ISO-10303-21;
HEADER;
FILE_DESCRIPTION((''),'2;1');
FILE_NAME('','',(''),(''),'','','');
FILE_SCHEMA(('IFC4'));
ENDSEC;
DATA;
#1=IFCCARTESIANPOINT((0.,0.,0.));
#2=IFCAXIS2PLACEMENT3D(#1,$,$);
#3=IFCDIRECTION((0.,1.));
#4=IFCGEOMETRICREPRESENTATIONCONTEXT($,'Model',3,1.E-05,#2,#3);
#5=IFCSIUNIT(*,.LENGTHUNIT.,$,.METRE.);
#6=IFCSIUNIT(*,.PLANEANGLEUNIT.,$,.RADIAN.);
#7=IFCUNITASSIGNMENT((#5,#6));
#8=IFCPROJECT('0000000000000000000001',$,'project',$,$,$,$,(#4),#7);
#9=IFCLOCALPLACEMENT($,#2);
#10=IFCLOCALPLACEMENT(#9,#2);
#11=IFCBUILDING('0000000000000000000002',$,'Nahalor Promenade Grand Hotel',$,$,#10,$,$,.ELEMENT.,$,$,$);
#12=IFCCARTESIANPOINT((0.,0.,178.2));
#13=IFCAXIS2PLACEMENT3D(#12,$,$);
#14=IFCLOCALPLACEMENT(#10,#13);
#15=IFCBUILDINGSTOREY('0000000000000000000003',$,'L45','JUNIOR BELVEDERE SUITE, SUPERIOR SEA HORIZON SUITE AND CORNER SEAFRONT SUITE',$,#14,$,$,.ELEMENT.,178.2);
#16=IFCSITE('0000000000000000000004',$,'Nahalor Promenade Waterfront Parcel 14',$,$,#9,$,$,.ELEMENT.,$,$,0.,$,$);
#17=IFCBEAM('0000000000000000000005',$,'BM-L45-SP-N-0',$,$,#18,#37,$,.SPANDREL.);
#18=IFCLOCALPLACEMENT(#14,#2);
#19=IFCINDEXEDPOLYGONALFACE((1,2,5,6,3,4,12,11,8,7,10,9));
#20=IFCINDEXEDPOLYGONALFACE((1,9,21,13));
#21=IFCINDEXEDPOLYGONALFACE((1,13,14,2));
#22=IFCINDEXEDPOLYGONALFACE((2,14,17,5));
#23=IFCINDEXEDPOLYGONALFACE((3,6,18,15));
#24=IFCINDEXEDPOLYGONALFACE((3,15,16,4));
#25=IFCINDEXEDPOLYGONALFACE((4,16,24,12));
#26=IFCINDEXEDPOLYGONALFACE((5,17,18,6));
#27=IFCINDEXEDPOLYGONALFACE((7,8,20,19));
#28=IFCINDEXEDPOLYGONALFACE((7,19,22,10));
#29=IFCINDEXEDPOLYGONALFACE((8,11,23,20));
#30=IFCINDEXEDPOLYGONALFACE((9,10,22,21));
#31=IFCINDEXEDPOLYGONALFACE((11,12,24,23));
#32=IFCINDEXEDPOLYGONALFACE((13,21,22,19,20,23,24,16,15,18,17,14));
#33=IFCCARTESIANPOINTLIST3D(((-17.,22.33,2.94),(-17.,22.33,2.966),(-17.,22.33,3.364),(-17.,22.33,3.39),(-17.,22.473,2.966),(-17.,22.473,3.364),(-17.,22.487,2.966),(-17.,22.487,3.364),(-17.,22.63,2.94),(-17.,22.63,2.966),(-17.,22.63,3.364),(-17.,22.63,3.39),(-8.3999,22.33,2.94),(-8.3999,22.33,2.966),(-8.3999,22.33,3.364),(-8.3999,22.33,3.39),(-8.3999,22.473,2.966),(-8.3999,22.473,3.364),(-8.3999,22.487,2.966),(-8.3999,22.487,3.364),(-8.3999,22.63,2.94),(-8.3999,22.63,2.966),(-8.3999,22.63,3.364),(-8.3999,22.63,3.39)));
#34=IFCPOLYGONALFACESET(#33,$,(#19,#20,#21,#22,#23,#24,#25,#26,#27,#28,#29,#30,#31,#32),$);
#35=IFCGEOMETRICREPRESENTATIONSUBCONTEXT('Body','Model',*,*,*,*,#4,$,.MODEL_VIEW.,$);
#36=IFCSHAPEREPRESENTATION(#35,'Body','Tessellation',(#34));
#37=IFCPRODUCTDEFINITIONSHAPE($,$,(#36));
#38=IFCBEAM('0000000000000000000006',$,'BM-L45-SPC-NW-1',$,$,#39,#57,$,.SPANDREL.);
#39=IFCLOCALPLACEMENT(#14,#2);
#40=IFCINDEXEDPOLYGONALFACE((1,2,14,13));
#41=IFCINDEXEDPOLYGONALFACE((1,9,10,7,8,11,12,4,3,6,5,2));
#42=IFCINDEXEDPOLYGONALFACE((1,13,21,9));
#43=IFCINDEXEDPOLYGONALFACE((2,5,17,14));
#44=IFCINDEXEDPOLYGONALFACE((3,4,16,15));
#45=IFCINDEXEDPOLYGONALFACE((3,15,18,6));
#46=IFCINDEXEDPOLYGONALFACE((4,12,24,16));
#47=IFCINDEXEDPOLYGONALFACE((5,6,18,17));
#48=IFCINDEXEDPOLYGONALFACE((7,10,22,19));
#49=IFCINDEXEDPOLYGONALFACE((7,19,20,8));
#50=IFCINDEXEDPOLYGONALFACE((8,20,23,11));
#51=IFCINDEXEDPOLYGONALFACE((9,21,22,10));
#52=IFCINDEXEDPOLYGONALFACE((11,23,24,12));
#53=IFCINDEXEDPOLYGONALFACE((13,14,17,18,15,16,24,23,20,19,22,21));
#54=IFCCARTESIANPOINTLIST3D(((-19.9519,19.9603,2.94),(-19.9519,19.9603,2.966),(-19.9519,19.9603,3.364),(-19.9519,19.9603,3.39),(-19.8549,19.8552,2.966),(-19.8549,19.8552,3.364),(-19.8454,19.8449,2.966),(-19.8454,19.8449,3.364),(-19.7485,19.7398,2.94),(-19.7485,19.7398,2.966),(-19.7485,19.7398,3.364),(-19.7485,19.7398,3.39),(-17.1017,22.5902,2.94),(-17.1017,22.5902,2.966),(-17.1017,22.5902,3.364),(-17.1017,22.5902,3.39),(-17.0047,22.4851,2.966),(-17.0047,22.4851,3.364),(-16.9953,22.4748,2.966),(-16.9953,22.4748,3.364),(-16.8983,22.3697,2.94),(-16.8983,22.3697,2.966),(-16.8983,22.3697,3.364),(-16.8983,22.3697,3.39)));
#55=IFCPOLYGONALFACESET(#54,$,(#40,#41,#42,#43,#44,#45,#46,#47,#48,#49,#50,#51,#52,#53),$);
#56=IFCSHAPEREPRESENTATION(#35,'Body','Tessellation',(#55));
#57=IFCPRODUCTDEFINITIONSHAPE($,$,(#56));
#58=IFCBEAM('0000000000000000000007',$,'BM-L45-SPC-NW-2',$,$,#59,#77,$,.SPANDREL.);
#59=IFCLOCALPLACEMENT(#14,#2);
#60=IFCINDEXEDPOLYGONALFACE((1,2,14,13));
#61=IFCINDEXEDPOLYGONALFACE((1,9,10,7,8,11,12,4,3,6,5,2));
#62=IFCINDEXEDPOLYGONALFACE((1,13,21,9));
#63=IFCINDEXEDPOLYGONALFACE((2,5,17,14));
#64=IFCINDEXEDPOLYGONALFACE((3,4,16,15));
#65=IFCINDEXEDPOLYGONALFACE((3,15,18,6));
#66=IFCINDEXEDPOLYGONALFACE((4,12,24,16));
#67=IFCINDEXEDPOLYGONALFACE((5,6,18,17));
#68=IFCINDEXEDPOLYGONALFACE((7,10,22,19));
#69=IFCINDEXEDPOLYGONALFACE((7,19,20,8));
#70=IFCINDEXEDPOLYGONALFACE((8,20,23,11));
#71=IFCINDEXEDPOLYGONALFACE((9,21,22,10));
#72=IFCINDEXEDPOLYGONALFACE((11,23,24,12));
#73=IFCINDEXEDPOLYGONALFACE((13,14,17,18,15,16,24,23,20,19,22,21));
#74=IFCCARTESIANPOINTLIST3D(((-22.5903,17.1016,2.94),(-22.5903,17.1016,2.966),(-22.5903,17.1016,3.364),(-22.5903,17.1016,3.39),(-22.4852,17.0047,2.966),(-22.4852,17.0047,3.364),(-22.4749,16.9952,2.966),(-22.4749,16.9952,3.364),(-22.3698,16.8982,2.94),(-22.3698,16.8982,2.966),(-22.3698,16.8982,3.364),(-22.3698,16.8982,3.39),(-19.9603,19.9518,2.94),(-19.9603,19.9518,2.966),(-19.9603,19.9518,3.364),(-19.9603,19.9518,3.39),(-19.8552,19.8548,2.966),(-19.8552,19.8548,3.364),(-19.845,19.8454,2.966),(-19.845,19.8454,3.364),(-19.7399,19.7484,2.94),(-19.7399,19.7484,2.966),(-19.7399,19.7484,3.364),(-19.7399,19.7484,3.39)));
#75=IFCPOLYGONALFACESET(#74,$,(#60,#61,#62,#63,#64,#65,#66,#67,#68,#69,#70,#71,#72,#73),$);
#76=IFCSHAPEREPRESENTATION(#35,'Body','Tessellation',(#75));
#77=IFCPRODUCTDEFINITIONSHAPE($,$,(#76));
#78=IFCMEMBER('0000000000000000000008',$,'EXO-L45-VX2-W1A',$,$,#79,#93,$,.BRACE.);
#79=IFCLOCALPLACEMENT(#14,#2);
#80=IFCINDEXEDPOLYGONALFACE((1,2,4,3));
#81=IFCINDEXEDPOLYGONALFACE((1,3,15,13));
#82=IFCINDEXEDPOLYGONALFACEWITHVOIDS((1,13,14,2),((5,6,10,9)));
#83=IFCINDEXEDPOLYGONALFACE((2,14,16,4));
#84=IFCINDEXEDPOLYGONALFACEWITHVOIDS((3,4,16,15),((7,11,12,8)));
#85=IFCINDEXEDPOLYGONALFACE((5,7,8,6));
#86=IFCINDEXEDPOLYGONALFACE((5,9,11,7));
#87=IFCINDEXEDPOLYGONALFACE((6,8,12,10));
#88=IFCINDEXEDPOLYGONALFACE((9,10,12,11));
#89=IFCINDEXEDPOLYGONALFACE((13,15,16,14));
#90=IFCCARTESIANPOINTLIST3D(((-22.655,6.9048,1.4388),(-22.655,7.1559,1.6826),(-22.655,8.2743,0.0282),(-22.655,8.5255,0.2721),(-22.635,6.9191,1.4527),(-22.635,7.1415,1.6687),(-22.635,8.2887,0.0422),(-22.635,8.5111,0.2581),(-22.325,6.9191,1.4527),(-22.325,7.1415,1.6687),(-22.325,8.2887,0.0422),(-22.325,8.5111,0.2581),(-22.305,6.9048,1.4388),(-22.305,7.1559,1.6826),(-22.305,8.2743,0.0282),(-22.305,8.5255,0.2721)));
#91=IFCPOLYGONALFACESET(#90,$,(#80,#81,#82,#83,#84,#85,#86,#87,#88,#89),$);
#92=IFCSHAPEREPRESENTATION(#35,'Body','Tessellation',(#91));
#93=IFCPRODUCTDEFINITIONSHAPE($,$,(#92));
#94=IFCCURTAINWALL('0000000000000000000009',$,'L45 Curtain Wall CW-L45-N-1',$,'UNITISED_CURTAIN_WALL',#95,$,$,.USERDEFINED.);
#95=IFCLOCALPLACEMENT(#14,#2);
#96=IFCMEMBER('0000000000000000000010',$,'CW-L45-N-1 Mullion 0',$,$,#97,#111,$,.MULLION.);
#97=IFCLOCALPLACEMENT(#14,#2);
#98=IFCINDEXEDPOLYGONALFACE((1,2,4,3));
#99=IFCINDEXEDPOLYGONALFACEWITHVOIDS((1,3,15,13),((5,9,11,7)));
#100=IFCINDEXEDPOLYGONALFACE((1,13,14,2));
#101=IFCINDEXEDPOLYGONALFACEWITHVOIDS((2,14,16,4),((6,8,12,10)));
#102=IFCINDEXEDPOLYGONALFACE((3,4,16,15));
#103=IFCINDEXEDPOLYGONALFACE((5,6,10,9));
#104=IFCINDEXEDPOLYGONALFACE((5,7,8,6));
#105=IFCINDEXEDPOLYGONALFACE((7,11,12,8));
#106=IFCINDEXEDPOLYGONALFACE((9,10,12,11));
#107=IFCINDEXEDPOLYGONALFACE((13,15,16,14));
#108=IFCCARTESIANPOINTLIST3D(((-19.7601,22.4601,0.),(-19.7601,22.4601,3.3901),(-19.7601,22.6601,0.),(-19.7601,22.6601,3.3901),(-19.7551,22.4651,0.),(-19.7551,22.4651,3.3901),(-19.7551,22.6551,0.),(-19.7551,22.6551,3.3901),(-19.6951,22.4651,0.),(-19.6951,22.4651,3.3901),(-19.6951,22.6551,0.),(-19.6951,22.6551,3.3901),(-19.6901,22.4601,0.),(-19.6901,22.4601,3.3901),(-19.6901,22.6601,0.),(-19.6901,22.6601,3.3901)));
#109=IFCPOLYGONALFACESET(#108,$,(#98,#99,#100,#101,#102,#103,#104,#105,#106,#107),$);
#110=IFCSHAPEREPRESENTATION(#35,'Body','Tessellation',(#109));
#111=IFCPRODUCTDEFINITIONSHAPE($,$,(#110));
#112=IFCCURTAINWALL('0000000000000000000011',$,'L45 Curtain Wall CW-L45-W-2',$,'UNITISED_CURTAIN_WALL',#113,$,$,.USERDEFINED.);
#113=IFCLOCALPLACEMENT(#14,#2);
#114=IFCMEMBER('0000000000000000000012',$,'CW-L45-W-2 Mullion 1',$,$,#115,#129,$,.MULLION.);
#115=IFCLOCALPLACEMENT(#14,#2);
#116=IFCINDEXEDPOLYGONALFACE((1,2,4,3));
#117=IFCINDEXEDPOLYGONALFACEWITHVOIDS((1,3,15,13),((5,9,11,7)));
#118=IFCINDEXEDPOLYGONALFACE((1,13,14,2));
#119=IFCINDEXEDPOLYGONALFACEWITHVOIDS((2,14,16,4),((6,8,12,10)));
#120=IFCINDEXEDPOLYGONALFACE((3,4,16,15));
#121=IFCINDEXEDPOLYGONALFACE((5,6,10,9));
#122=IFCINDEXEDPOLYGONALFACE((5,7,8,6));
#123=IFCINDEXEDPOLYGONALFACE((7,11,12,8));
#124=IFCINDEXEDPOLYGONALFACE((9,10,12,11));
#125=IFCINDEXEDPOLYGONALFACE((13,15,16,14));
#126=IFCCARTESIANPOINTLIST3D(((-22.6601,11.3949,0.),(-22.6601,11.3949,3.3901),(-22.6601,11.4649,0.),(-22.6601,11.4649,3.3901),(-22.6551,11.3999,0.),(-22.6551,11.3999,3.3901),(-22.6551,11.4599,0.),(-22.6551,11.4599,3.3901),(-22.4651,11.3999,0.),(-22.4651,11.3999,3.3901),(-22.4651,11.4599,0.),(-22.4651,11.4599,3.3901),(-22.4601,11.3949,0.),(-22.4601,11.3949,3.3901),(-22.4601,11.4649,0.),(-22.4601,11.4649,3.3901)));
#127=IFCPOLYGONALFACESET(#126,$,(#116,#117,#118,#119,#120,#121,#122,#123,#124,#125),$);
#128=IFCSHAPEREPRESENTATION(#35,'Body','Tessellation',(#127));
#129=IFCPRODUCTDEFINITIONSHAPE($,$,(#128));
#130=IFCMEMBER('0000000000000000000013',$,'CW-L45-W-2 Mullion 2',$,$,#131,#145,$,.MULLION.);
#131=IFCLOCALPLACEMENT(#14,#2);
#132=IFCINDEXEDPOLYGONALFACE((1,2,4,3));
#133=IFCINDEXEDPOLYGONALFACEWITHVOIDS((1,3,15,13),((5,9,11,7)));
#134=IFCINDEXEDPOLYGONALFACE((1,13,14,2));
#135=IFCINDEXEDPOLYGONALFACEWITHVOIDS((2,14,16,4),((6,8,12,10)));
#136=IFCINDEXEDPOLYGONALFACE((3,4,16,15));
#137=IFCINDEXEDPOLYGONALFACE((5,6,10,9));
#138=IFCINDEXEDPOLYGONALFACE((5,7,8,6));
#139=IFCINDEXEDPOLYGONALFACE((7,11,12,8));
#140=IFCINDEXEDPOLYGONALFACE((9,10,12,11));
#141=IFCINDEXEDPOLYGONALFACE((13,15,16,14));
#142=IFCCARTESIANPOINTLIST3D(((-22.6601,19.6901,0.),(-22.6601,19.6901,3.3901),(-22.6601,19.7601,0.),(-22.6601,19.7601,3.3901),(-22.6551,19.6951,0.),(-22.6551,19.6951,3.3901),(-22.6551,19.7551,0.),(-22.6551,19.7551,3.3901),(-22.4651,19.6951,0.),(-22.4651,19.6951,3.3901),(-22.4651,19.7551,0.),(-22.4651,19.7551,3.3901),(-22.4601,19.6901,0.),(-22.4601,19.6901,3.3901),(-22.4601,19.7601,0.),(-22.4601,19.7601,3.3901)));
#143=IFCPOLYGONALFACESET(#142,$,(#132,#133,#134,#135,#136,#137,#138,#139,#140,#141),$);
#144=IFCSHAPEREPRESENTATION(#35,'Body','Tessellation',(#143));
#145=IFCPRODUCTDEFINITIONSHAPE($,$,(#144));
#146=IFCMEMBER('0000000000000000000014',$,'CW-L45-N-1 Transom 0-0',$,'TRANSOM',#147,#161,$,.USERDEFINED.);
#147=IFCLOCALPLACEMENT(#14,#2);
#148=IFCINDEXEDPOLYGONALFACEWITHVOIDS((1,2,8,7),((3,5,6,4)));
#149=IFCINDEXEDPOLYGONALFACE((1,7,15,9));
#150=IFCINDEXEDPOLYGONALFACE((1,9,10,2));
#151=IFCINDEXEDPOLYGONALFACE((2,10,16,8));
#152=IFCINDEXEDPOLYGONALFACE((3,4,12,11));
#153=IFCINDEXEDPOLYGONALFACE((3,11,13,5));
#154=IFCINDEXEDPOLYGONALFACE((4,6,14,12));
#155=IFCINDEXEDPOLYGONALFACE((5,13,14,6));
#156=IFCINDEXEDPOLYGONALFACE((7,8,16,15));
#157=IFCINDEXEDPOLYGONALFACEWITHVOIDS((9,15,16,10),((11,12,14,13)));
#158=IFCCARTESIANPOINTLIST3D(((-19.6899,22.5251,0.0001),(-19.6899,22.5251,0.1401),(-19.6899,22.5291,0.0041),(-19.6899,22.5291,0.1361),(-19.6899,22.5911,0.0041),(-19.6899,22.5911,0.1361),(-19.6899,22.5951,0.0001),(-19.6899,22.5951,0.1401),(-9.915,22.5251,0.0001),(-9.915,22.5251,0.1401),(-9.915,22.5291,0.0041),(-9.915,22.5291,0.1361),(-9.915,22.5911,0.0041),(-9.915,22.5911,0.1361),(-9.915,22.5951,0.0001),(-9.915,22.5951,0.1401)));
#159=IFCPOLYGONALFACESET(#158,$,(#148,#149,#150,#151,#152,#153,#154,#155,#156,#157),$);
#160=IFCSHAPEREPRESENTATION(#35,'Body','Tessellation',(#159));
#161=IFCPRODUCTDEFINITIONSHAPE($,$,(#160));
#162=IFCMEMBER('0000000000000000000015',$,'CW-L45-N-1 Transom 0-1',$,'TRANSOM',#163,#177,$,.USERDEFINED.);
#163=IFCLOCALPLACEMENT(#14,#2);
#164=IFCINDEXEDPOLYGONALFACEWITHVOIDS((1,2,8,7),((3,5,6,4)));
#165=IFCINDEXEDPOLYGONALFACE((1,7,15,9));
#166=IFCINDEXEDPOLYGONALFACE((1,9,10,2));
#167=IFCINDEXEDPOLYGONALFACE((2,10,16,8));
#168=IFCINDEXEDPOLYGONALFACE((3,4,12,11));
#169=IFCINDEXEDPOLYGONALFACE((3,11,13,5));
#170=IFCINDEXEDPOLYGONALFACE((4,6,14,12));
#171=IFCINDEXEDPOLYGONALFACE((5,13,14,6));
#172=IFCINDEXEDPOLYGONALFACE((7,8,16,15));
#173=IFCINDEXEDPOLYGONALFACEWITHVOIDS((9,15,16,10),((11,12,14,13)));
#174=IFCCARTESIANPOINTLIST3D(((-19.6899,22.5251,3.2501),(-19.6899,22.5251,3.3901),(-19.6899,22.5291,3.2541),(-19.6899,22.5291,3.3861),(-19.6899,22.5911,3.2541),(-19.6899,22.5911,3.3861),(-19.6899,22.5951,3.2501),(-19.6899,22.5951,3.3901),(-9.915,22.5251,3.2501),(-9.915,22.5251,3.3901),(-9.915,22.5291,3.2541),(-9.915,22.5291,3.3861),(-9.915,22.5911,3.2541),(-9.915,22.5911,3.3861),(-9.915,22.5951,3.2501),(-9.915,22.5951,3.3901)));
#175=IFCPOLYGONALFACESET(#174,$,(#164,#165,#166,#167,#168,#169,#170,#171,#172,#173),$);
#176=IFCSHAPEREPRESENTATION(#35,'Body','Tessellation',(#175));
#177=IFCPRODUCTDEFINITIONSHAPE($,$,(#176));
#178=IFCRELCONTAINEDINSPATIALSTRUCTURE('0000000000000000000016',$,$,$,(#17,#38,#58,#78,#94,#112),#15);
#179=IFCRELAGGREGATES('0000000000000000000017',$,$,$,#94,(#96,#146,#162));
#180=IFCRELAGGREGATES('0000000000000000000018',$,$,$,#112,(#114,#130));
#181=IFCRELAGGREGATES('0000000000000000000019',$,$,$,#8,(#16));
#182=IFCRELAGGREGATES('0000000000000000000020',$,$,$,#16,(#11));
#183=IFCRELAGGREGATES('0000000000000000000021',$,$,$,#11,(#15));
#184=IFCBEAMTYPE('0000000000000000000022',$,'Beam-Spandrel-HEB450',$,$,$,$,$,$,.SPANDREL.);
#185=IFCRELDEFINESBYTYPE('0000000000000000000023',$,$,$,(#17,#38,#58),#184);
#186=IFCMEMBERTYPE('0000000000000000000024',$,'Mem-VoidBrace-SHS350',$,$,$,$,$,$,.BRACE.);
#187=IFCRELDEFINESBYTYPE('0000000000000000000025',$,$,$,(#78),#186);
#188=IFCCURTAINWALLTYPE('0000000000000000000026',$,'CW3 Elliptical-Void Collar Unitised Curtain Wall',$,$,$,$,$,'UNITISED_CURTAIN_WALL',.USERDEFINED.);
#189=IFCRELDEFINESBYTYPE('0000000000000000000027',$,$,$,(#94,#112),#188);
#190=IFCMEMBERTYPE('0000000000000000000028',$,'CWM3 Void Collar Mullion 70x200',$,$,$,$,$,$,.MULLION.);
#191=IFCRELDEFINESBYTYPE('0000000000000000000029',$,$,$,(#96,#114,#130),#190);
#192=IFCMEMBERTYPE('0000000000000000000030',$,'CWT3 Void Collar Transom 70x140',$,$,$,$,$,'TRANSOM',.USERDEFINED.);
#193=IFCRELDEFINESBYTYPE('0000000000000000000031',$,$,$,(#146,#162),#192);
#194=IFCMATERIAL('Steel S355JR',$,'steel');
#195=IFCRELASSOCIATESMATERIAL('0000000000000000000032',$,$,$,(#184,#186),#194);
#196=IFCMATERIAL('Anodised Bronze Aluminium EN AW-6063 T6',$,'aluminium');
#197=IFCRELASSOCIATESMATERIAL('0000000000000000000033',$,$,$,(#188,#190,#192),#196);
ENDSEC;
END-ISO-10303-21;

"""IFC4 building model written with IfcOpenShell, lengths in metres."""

from ifc_helpers import new_model, si_unit, direction, frame, origin, origin_2d, place, context, subcontext, project, spatial, hollow_rectangle, i_section, extrude, source, transform, mapped, material, material_profile, profile_set, type_object, element, aggregate, save


model = new_model("IFC4")

# Units and contexts
model_context = context("Model", 3, precision=1e-05, world=origin(), true_north=direction((0.0, 1.0)))
body_context = subcontext(model_context, "Body", "Model", "MODEL_VIEW")
ifc_project = project(units=[si_unit("LENGTHUNIT", "METRE"), si_unit("PLANEANGLEUNIT", "RADIAN")], contexts=[model_context])

# Site, building, storey
site_placement = place(None, origin())
site = spatial("IfcSite", under=ifc_project, at=site_placement, Name="Nahalor Promenade Waterfront Parcel 14", CompositionType="ELEMENT", RefElevation=0.0)
building_placement = place(site_placement, origin())
building = spatial("IfcBuilding", under=site, at=building_placement, Name="Nahalor Promenade Grand Hotel", CompositionType="ELEMENT")
storey_placement = place(building_placement, frame((0.0, 0.0, 178.2)))
storey = spatial("IfcBuildingStorey", under=building, at=storey_placement, Name="L45", Description="JUNIOR BELVEDERE SUITE, SUPERIOR SEA HORIZON SUITE AND CORNER SEAFRONT SUITE", CompositionType="ELEMENT", Elevation=178.2)

# Beams
ifc_material_1 = material(Name="Steel S355JR", Category="steel")
ifc_material_profile_1 = material_profile(ifc_material_1, i_section(OverallWidth=0.3, OverallDepth=0.45, WebThickness=0.014, FlangeThickness=0.026, at=origin_2d()), Name="HEB 450")
ifc_profile_set_1 = profile_set([ifc_material_profile_1], Name="Steel S355JR")
beam_type_1 = type_object("IfcBeamType", Name="Beam-Spandrel-HEB450", PredefinedType="SPANDREL", material=ifc_profile_set_1)
shared_shape_1 = source(origin(), body_context, "Body", "SweptSolid", [
    extrude(i_section(OverallWidth=0.3, OverallDepth=0.45, WebThickness=0.014, FlangeThickness=0.026, at=origin_2d()), origin(), (0.0, 0.0, 1.0), 8.6001),
])
beam_1_placement = place(storey_placement, frame((-17.0, 22.48, 3.165), z_axis=(1.0, 0.0, 0.0), x_axis=(0.0, 1.0, 0.0)))
element("IfcBeam", 1, at=beam_1_placement, inside=storey, type_object=beam_type_1, Name="BM-L45-SP-N-0", PredefinedType="SPANDREL", context=body_context, shape_type="MappedRepresentation", body=[
    mapped(shared_shape_1, transform((0.0, 0.0, 0.0), scale=1.0)),
])
shared_shape_2 = source(origin(), body_context, "Body", "SweptSolid", [
    extrude(i_section(OverallWidth=0.3, OverallDepth=0.45, WebThickness=0.014, FlangeThickness=0.026, at=origin_2d()), origin(), (0.0, 0.0, 1.0), 3.8782),
])
for number, where, z_axis, x_axis, name in (
    (2, (-17.0, 22.48, 3.165), (-0.734929, -0.678144, 0.0), (0.678144, -0.734929, 0.0), "BM-L45-SPC-NW-1"),
    (3, (-19.8501, 19.8501, 3.165), (-0.678144, -0.734929, 0.0), (0.734929, -0.678144, 0.0), "BM-L45-SPC-NW-2"),
):
    element("IfcBeam", number, at=place(storey_placement, frame(where, z_axis=z_axis, x_axis=x_axis)), inside=storey, type_object=beam_type_1, Name=name, PredefinedType="SPANDREL", context=body_context, shape_type="MappedRepresentation", body=[
        mapped(shared_shape_2, transform((0.0, 0.0, 0.0), scale=1.0)),
    ])

# Member
ifc_material_profile_2 = material_profile(ifc_material_1, hollow_rectangle(XDim=0.35, YDim=0.35, WallThickness=0.02, at=origin_2d()), Name="SHS 350x350x20")
ifc_profile_set_2 = profile_set([ifc_material_profile_2], Name="Steel S355JR")
member_type_1 = type_object("IfcMemberType", Name="Mem-VoidBrace-SHS350", PredefinedType="BRACE", material=ifc_profile_set_2)
shared_shape_3 = source(origin(), body_context, "Body", "SweptSolid", [
    extrude(hollow_rectangle(XDim=0.35, YDim=0.35, WallThickness=0.02, at=origin_2d()), origin(), (0.0, 0.0, 1.0), 1.9661),
])
member_1_placement = place(storey_placement, frame((-22.48, 8.3999, 0.1501), z_axis=(0.0, -0.696599, 0.71746), x_axis=(1.0, 0.0, 0.0)))
element("IfcMember", 4, at=member_1_placement, inside=storey, type_object=member_type_1, Name="EXO-L45-VX2-W1A", PredefinedType="BRACE", context=body_context, shape_type="MappedRepresentation", body=[
    mapped(shared_shape_3, transform((0.0, 0.0, 0.0), scale=1.0)),
])

# Curtain wall, member
ifc_material_2 = material(Name="Anodised Bronze Aluminium EN AW-6063 T6", Category="aluminium")
curtain_wall_type = type_object("IfcCurtainWallType", Name="CW3 Elliptical-Void Collar Unitised Curtain Wall", ElementType="UNITISED_CURTAIN_WALL", PredefinedType="USERDEFINED", material=ifc_material_2)
curtain_wall_1_placement = place(storey_placement, origin())
curtain_wall_1 = element("IfcCurtainWall", 5, at=curtain_wall_1_placement, inside=storey, type_object=curtain_wall_type, Name="L45 Curtain Wall CW-L45-N-1", ObjectType="UNITISED_CURTAIN_WALL", PredefinedType="USERDEFINED")
ifc_material_profile_3 = material_profile(ifc_material_2, hollow_rectangle(XDim=0.07, YDim=0.2, WallThickness=0.005, at=origin_2d()), Name="CWM 70x200x5")
ifc_profile_set_3 = profile_set([ifc_material_profile_3], Name="Anodised Bronze Aluminium EN AW-6063 T6")
member_type_2 = type_object("IfcMemberType", Name="CWM3 Void Collar Mullion 70x200", PredefinedType="MULLION", material=ifc_profile_set_3)
shared_shape_4 = source(origin(), body_context, "Body", "SweptSolid", [
    extrude(hollow_rectangle(XDim=0.07, YDim=0.2, WallThickness=0.005, at=origin_2d()), origin(), (0.0, 0.0, 1.0), 3.3901),
])
member_2_placement = place(storey_placement, frame((-19.7251, 22.5601, 0.0), z_axis=(0.0, 0.0, 1.0), x_axis=(1.0, 0.0, 0.0)))
member_2 = element("IfcMember", 6, at=member_2_placement, type_object=member_type_2, Name="CW-L45-N-1 Mullion 0", PredefinedType="MULLION", context=body_context, shape_type="MappedRepresentation", body=[
    mapped(shared_shape_4, transform((0.0, 0.0, 0.0), scale=1.0)),
])

# Curtain wall, members
curtain_wall_2_placement = place(storey_placement, origin())
curtain_wall_2 = element("IfcCurtainWall", 7, at=curtain_wall_2_placement, inside=storey, type_object=curtain_wall_type, Name="L45 Curtain Wall CW-L45-W-2", ObjectType="UNITISED_CURTAIN_WALL", PredefinedType="USERDEFINED")
member_3_placement = place(storey_placement, frame((-22.5601, 11.4299, 0.0), z_axis=(0.0, 0.0, 1.0), x_axis=(0.0, 1.0, 0.0)))
member_3 = element("IfcMember", 8, at=member_3_placement, type_object=member_type_2, Name="CW-L45-W-2 Mullion 1", PredefinedType="MULLION", context=body_context, shape_type="MappedRepresentation", body=[
    mapped(shared_shape_4, transform((0.0, 0.0, 0.0), scale=1.0)),
])
member_4_placement = place(storey_placement, frame((-22.5601, 19.7251, 0.0), z_axis=(0.0, 0.0, 1.0), x_axis=(0.0, 1.0, 0.0)))
member_4 = element("IfcMember", 9, at=member_4_placement, type_object=member_type_2, Name="CW-L45-W-2 Mullion 2", PredefinedType="MULLION", context=body_context, shape_type="MappedRepresentation", body=[
    mapped(shared_shape_4, transform((0.0, 0.0, 0.0), scale=1.0)),
])

# Members
ifc_material_profile_4 = material_profile(ifc_material_2, hollow_rectangle(XDim=0.07, YDim=0.14, WallThickness=0.004, at=origin_2d()), Name="CWT 70x140x4")
ifc_profile_set_4 = profile_set([ifc_material_profile_4], Name="Anodised Bronze Aluminium EN AW-6063 T6")
member_type_3 = type_object("IfcMemberType", Name="CWT3 Void Collar Transom 70x140", ElementType="TRANSOM", PredefinedType="USERDEFINED", material=ifc_profile_set_4)
shared_shape_5 = source(origin(), body_context, "Body", "SweptSolid", [
    extrude(hollow_rectangle(XDim=0.07, YDim=0.14, WallThickness=0.004, at=origin_2d()), origin(), (0.0, 0.0, 1.0), 9.7749),
])
member_5_placement = place(storey_placement, frame((-19.6899, 22.5601, 0.0701), z_axis=(1.0, 0.0, 0.0), x_axis=(0.0, 1.0, 0.0)))
member_5 = element("IfcMember", 10, at=member_5_placement, type_object=member_type_3, Name="CW-L45-N-1 Transom 0-0", ObjectType="TRANSOM", PredefinedType="USERDEFINED", context=body_context, shape_type="MappedRepresentation", body=[
    mapped(shared_shape_5, transform((0.0, 0.0, 0.0), scale=1.0)),
])
member_6_placement = place(storey_placement, frame((-19.6899, 22.5601, 3.3201), z_axis=(1.0, 0.0, 0.0), x_axis=(0.0, 1.0, 0.0)))
member_6 = element("IfcMember", 11, at=member_6_placement, type_object=member_type_3, Name="CW-L45-N-1 Transom 0-1", ObjectType="TRANSOM", PredefinedType="USERDEFINED", context=body_context, shape_type="MappedRepresentation", body=[
    mapped(shared_shape_5, transform((0.0, 0.0, 0.0), scale=1.0)),
])

aggregate(curtain_wall_1, [member_2, member_5, member_6])
aggregate(curtain_wall_2, [member_3, member_4])

save(model, "model.ifc")
